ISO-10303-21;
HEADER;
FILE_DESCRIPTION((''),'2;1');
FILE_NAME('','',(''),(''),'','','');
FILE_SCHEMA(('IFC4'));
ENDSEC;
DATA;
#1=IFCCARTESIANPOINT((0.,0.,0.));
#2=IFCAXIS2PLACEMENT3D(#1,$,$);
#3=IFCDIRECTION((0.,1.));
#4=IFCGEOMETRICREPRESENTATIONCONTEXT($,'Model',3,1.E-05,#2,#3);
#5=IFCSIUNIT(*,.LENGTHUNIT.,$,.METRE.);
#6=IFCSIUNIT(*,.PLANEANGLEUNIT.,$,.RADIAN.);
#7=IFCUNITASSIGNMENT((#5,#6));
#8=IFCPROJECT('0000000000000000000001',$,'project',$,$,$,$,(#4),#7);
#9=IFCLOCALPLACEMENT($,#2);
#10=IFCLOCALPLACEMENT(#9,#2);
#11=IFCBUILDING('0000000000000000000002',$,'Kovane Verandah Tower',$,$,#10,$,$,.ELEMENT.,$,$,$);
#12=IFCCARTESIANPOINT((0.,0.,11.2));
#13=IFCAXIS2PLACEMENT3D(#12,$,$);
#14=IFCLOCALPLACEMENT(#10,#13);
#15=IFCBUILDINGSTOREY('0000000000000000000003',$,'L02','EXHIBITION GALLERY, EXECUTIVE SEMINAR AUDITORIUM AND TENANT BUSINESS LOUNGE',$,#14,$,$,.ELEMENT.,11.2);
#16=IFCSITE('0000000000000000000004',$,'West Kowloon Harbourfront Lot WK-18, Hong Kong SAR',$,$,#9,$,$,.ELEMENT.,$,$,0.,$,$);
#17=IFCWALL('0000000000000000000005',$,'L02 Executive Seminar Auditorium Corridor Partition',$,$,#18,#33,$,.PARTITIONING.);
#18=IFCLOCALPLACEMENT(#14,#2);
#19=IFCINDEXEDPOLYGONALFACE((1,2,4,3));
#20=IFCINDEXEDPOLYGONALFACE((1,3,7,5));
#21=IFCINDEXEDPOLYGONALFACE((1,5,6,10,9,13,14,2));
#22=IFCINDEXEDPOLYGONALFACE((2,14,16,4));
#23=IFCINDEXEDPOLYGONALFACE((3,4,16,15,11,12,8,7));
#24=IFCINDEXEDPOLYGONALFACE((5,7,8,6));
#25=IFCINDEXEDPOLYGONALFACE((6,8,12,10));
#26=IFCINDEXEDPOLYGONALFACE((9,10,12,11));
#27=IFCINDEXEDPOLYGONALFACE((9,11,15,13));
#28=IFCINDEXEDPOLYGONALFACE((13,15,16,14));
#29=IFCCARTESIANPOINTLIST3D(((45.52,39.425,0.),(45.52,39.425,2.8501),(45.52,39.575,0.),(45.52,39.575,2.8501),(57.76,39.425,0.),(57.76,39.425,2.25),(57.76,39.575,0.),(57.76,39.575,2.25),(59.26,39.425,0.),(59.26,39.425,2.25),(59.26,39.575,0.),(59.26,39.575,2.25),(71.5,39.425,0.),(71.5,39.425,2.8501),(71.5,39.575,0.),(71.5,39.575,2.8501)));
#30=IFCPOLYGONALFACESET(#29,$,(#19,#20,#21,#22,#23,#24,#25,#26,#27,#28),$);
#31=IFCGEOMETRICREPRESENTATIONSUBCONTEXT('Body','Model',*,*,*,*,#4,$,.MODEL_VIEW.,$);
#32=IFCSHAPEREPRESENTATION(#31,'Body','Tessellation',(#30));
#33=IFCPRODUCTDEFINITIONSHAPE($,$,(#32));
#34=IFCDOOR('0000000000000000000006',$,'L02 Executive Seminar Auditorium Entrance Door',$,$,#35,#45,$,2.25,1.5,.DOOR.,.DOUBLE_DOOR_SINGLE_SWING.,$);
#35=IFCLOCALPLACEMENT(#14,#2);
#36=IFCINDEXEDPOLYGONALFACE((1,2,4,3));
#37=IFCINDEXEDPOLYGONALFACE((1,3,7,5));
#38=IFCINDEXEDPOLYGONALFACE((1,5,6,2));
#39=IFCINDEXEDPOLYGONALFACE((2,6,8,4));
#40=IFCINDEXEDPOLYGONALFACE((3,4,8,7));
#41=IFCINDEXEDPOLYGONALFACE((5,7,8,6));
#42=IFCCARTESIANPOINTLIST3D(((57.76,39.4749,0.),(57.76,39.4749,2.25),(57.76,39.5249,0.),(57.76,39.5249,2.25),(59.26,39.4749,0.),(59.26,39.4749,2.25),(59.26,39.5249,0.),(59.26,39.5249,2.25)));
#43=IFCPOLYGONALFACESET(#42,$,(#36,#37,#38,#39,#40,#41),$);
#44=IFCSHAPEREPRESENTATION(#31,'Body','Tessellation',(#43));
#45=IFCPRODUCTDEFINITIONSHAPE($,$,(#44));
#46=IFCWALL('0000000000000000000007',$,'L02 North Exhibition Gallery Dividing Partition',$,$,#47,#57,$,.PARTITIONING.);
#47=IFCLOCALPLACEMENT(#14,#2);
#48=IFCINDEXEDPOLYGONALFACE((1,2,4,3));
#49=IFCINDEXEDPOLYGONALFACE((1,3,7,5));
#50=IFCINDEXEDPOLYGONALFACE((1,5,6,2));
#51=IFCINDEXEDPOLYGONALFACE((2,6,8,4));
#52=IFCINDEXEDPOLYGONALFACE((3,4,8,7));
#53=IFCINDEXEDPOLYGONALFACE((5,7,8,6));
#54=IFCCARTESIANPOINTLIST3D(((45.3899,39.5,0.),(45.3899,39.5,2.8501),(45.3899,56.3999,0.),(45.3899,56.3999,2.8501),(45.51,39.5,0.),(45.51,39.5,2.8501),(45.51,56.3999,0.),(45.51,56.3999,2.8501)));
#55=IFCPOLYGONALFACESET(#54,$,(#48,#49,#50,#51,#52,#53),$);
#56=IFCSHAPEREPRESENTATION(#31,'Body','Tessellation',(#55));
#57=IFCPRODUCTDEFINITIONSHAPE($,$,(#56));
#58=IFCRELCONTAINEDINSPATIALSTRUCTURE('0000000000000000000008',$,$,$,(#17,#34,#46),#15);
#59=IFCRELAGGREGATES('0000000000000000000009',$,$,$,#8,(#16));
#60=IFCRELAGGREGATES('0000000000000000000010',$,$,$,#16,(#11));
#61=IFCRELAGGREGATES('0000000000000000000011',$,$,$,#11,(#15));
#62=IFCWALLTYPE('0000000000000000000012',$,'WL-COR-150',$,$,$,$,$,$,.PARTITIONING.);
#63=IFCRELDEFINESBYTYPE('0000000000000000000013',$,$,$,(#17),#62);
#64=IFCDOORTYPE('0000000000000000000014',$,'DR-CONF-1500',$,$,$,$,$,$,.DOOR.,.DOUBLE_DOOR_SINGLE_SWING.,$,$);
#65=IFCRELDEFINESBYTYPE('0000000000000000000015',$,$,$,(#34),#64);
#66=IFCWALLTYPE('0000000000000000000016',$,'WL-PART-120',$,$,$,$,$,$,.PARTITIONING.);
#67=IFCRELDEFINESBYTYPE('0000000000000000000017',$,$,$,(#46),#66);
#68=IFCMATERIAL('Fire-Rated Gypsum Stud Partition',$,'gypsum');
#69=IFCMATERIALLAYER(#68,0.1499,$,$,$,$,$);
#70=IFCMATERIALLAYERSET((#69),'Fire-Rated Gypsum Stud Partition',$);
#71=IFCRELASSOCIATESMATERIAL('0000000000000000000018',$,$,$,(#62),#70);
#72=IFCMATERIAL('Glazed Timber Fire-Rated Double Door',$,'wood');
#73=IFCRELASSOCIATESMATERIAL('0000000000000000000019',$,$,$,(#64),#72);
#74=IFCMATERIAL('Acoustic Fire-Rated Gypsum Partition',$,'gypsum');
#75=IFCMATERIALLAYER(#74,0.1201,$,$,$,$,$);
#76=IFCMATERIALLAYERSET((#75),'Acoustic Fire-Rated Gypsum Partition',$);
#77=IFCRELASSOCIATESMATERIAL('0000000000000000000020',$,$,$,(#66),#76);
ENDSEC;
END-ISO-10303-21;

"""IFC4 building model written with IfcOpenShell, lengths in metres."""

from ifc_helpers import new_model, si_unit, direction, frame, frame_2d, origin, place, context, subcontext, project, spatial, rectangle, extrude, material, layer, layer_set, type_object, element, fill, save


model = new_model("IFC4")

# Units and contexts
model_context = context("Model", 3, precision=1e-05, world=origin(), true_north=direction((0.0, 1.0)))
body_context = subcontext(model_context, "Body", "Model", "MODEL_VIEW")
ifc_project = project(units=[si_unit("LENGTHUNIT", "METRE"), si_unit("PLANEANGLEUNIT", "RADIAN")], contexts=[model_context])

# Site, building, storey
site_placement = place(None, origin())
site = spatial("IfcSite", under=ifc_project, at=site_placement, Name="West Kowloon Harbourfront Lot WK-18, Hong Kong SAR", CompositionType="ELEMENT", RefElevation=0.0)
building_placement = place(site_placement, origin())
building = spatial("IfcBuilding", under=site, at=building_placement, Name="Kovane Verandah Tower", CompositionType="ELEMENT")
storey_placement = place(building_placement, frame((0.0, 0.0, 11.2)))
storey = spatial("IfcBuildingStorey", under=building, at=storey_placement, Name="L02", Description="EXHIBITION GALLERY, EXECUTIVE SEMINAR AUDITORIUM AND TENANT BUSINESS LOUNGE", CompositionType="ELEMENT", Elevation=11.2)

# Wall, opening, door
ifc_material_1 = material(Name="Fire-Rated Gypsum Stud Partition", Category="gypsum")
ifc_layer_1 = layer(ifc_material_1, 0.1499)
ifc_layer_set_1 = layer_set([ifc_layer_1], Name="Fire-Rated Gypsum Stud Partition")
wall_type_1 = type_object("IfcWallType", Name="WL-COR-150", PredefinedType="PARTITIONING", material=ifc_layer_set_1)
wall_1_placement = place(storey_placement, frame((45.52, 39.5, 0.0), z_axis=(0.0, 0.0, 1.0), x_axis=(1.0, 0.0, 0.0)))
wall_1 = element("IfcWall", 1, at=wall_1_placement, inside=storey, type_object=wall_type_1, Name="L02 Executive Seminar Auditorium Corridor Partition", PredefinedType="PARTITIONING", context=body_context, shape_type="SweptSolid", body=[
    extrude(rectangle(XDim=25.98, YDim=0.1499, at=frame_2d((12.99, 0.0))), origin(), (0.0, 0.0, 1.0), 2.8501),
])
opening_placement = place(wall_1_placement, frame((12.24, 0.0, 0.0)))
opening = element("IfcOpeningElement", 2, at=opening_placement, cuts=wall_1, PredefinedType="OPENING", context=body_context, shape_type="SweptSolid", body=[
    extrude(rectangle(XDim=1.5, YDim=2.25, at=frame_2d((0.75, 1.125))), frame((0.0, 0.075, 0.0), z_axis=(0.0, -1.0, 0.0), x_axis=(1.0, 0.0, 0.0)), (0.0, 0.0, 1.0), 0.1499),
])
ifc_material_2 = material(Name="Glazed Timber Fire-Rated Double Door", Category="wood")
door_type = type_object("IfcDoorType", Name="DR-CONF-1500", OperationType="DOUBLE_DOOR_SINGLE_SWING", PredefinedType="DOOR", material=ifc_material_2)
door_placement = place(opening_placement, origin())
door = element("IfcDoor", 3, at=door_placement, inside=storey, type_object=door_type, Name="L02 Executive Seminar Auditorium Entrance Door", OperationType="DOUBLE_DOOR_SINGLE_SWING", OverallHeight=2.25, OverallWidth=1.5, PredefinedType="DOOR", context=body_context, shape_type="SweptSolid", body=[
    extrude(rectangle(XDim=1.5, YDim=2.25, at=frame_2d((0.75, 1.125))), frame((0.0, 0.0249, 0.0), z_axis=(0.0, -1.0, 0.0), x_axis=(1.0, 0.0, 0.0)), (0.0, 0.0, 1.0), 0.05),
])
fill(opening, door)

# Wall
ifc_material_3 = material(Name="Acoustic Fire-Rated Gypsum Partition", Category="gypsum")
ifc_layer_2 = layer(ifc_material_3, 0.1201)
ifc_layer_set_2 = layer_set([ifc_layer_2], Name="Acoustic Fire-Rated Gypsum Partition")
wall_type_2 = type_object("IfcWallType", Name="WL-PART-120", PredefinedType="PARTITIONING", material=ifc_layer_set_2)
wall_2_placement = place(storey_placement, frame((45.45, 39.5, 0.0), z_axis=(0.0, 0.0, 1.0), x_axis=(0.0, 1.0, 0.0)))
element("IfcWall", 4, at=wall_2_placement, inside=storey, type_object=wall_type_2, Name="L02 North Exhibition Gallery Dividing Partition", PredefinedType="PARTITIONING", context=body_context, shape_type="SweptSolid", body=[
    extrude(rectangle(XDim=16.8999, YDim=0.1201, at=frame_2d((8.45, 0.0))), origin(), (0.0, 0.0, 1.0), 2.8501),
])

save(model, "model.ifc")
